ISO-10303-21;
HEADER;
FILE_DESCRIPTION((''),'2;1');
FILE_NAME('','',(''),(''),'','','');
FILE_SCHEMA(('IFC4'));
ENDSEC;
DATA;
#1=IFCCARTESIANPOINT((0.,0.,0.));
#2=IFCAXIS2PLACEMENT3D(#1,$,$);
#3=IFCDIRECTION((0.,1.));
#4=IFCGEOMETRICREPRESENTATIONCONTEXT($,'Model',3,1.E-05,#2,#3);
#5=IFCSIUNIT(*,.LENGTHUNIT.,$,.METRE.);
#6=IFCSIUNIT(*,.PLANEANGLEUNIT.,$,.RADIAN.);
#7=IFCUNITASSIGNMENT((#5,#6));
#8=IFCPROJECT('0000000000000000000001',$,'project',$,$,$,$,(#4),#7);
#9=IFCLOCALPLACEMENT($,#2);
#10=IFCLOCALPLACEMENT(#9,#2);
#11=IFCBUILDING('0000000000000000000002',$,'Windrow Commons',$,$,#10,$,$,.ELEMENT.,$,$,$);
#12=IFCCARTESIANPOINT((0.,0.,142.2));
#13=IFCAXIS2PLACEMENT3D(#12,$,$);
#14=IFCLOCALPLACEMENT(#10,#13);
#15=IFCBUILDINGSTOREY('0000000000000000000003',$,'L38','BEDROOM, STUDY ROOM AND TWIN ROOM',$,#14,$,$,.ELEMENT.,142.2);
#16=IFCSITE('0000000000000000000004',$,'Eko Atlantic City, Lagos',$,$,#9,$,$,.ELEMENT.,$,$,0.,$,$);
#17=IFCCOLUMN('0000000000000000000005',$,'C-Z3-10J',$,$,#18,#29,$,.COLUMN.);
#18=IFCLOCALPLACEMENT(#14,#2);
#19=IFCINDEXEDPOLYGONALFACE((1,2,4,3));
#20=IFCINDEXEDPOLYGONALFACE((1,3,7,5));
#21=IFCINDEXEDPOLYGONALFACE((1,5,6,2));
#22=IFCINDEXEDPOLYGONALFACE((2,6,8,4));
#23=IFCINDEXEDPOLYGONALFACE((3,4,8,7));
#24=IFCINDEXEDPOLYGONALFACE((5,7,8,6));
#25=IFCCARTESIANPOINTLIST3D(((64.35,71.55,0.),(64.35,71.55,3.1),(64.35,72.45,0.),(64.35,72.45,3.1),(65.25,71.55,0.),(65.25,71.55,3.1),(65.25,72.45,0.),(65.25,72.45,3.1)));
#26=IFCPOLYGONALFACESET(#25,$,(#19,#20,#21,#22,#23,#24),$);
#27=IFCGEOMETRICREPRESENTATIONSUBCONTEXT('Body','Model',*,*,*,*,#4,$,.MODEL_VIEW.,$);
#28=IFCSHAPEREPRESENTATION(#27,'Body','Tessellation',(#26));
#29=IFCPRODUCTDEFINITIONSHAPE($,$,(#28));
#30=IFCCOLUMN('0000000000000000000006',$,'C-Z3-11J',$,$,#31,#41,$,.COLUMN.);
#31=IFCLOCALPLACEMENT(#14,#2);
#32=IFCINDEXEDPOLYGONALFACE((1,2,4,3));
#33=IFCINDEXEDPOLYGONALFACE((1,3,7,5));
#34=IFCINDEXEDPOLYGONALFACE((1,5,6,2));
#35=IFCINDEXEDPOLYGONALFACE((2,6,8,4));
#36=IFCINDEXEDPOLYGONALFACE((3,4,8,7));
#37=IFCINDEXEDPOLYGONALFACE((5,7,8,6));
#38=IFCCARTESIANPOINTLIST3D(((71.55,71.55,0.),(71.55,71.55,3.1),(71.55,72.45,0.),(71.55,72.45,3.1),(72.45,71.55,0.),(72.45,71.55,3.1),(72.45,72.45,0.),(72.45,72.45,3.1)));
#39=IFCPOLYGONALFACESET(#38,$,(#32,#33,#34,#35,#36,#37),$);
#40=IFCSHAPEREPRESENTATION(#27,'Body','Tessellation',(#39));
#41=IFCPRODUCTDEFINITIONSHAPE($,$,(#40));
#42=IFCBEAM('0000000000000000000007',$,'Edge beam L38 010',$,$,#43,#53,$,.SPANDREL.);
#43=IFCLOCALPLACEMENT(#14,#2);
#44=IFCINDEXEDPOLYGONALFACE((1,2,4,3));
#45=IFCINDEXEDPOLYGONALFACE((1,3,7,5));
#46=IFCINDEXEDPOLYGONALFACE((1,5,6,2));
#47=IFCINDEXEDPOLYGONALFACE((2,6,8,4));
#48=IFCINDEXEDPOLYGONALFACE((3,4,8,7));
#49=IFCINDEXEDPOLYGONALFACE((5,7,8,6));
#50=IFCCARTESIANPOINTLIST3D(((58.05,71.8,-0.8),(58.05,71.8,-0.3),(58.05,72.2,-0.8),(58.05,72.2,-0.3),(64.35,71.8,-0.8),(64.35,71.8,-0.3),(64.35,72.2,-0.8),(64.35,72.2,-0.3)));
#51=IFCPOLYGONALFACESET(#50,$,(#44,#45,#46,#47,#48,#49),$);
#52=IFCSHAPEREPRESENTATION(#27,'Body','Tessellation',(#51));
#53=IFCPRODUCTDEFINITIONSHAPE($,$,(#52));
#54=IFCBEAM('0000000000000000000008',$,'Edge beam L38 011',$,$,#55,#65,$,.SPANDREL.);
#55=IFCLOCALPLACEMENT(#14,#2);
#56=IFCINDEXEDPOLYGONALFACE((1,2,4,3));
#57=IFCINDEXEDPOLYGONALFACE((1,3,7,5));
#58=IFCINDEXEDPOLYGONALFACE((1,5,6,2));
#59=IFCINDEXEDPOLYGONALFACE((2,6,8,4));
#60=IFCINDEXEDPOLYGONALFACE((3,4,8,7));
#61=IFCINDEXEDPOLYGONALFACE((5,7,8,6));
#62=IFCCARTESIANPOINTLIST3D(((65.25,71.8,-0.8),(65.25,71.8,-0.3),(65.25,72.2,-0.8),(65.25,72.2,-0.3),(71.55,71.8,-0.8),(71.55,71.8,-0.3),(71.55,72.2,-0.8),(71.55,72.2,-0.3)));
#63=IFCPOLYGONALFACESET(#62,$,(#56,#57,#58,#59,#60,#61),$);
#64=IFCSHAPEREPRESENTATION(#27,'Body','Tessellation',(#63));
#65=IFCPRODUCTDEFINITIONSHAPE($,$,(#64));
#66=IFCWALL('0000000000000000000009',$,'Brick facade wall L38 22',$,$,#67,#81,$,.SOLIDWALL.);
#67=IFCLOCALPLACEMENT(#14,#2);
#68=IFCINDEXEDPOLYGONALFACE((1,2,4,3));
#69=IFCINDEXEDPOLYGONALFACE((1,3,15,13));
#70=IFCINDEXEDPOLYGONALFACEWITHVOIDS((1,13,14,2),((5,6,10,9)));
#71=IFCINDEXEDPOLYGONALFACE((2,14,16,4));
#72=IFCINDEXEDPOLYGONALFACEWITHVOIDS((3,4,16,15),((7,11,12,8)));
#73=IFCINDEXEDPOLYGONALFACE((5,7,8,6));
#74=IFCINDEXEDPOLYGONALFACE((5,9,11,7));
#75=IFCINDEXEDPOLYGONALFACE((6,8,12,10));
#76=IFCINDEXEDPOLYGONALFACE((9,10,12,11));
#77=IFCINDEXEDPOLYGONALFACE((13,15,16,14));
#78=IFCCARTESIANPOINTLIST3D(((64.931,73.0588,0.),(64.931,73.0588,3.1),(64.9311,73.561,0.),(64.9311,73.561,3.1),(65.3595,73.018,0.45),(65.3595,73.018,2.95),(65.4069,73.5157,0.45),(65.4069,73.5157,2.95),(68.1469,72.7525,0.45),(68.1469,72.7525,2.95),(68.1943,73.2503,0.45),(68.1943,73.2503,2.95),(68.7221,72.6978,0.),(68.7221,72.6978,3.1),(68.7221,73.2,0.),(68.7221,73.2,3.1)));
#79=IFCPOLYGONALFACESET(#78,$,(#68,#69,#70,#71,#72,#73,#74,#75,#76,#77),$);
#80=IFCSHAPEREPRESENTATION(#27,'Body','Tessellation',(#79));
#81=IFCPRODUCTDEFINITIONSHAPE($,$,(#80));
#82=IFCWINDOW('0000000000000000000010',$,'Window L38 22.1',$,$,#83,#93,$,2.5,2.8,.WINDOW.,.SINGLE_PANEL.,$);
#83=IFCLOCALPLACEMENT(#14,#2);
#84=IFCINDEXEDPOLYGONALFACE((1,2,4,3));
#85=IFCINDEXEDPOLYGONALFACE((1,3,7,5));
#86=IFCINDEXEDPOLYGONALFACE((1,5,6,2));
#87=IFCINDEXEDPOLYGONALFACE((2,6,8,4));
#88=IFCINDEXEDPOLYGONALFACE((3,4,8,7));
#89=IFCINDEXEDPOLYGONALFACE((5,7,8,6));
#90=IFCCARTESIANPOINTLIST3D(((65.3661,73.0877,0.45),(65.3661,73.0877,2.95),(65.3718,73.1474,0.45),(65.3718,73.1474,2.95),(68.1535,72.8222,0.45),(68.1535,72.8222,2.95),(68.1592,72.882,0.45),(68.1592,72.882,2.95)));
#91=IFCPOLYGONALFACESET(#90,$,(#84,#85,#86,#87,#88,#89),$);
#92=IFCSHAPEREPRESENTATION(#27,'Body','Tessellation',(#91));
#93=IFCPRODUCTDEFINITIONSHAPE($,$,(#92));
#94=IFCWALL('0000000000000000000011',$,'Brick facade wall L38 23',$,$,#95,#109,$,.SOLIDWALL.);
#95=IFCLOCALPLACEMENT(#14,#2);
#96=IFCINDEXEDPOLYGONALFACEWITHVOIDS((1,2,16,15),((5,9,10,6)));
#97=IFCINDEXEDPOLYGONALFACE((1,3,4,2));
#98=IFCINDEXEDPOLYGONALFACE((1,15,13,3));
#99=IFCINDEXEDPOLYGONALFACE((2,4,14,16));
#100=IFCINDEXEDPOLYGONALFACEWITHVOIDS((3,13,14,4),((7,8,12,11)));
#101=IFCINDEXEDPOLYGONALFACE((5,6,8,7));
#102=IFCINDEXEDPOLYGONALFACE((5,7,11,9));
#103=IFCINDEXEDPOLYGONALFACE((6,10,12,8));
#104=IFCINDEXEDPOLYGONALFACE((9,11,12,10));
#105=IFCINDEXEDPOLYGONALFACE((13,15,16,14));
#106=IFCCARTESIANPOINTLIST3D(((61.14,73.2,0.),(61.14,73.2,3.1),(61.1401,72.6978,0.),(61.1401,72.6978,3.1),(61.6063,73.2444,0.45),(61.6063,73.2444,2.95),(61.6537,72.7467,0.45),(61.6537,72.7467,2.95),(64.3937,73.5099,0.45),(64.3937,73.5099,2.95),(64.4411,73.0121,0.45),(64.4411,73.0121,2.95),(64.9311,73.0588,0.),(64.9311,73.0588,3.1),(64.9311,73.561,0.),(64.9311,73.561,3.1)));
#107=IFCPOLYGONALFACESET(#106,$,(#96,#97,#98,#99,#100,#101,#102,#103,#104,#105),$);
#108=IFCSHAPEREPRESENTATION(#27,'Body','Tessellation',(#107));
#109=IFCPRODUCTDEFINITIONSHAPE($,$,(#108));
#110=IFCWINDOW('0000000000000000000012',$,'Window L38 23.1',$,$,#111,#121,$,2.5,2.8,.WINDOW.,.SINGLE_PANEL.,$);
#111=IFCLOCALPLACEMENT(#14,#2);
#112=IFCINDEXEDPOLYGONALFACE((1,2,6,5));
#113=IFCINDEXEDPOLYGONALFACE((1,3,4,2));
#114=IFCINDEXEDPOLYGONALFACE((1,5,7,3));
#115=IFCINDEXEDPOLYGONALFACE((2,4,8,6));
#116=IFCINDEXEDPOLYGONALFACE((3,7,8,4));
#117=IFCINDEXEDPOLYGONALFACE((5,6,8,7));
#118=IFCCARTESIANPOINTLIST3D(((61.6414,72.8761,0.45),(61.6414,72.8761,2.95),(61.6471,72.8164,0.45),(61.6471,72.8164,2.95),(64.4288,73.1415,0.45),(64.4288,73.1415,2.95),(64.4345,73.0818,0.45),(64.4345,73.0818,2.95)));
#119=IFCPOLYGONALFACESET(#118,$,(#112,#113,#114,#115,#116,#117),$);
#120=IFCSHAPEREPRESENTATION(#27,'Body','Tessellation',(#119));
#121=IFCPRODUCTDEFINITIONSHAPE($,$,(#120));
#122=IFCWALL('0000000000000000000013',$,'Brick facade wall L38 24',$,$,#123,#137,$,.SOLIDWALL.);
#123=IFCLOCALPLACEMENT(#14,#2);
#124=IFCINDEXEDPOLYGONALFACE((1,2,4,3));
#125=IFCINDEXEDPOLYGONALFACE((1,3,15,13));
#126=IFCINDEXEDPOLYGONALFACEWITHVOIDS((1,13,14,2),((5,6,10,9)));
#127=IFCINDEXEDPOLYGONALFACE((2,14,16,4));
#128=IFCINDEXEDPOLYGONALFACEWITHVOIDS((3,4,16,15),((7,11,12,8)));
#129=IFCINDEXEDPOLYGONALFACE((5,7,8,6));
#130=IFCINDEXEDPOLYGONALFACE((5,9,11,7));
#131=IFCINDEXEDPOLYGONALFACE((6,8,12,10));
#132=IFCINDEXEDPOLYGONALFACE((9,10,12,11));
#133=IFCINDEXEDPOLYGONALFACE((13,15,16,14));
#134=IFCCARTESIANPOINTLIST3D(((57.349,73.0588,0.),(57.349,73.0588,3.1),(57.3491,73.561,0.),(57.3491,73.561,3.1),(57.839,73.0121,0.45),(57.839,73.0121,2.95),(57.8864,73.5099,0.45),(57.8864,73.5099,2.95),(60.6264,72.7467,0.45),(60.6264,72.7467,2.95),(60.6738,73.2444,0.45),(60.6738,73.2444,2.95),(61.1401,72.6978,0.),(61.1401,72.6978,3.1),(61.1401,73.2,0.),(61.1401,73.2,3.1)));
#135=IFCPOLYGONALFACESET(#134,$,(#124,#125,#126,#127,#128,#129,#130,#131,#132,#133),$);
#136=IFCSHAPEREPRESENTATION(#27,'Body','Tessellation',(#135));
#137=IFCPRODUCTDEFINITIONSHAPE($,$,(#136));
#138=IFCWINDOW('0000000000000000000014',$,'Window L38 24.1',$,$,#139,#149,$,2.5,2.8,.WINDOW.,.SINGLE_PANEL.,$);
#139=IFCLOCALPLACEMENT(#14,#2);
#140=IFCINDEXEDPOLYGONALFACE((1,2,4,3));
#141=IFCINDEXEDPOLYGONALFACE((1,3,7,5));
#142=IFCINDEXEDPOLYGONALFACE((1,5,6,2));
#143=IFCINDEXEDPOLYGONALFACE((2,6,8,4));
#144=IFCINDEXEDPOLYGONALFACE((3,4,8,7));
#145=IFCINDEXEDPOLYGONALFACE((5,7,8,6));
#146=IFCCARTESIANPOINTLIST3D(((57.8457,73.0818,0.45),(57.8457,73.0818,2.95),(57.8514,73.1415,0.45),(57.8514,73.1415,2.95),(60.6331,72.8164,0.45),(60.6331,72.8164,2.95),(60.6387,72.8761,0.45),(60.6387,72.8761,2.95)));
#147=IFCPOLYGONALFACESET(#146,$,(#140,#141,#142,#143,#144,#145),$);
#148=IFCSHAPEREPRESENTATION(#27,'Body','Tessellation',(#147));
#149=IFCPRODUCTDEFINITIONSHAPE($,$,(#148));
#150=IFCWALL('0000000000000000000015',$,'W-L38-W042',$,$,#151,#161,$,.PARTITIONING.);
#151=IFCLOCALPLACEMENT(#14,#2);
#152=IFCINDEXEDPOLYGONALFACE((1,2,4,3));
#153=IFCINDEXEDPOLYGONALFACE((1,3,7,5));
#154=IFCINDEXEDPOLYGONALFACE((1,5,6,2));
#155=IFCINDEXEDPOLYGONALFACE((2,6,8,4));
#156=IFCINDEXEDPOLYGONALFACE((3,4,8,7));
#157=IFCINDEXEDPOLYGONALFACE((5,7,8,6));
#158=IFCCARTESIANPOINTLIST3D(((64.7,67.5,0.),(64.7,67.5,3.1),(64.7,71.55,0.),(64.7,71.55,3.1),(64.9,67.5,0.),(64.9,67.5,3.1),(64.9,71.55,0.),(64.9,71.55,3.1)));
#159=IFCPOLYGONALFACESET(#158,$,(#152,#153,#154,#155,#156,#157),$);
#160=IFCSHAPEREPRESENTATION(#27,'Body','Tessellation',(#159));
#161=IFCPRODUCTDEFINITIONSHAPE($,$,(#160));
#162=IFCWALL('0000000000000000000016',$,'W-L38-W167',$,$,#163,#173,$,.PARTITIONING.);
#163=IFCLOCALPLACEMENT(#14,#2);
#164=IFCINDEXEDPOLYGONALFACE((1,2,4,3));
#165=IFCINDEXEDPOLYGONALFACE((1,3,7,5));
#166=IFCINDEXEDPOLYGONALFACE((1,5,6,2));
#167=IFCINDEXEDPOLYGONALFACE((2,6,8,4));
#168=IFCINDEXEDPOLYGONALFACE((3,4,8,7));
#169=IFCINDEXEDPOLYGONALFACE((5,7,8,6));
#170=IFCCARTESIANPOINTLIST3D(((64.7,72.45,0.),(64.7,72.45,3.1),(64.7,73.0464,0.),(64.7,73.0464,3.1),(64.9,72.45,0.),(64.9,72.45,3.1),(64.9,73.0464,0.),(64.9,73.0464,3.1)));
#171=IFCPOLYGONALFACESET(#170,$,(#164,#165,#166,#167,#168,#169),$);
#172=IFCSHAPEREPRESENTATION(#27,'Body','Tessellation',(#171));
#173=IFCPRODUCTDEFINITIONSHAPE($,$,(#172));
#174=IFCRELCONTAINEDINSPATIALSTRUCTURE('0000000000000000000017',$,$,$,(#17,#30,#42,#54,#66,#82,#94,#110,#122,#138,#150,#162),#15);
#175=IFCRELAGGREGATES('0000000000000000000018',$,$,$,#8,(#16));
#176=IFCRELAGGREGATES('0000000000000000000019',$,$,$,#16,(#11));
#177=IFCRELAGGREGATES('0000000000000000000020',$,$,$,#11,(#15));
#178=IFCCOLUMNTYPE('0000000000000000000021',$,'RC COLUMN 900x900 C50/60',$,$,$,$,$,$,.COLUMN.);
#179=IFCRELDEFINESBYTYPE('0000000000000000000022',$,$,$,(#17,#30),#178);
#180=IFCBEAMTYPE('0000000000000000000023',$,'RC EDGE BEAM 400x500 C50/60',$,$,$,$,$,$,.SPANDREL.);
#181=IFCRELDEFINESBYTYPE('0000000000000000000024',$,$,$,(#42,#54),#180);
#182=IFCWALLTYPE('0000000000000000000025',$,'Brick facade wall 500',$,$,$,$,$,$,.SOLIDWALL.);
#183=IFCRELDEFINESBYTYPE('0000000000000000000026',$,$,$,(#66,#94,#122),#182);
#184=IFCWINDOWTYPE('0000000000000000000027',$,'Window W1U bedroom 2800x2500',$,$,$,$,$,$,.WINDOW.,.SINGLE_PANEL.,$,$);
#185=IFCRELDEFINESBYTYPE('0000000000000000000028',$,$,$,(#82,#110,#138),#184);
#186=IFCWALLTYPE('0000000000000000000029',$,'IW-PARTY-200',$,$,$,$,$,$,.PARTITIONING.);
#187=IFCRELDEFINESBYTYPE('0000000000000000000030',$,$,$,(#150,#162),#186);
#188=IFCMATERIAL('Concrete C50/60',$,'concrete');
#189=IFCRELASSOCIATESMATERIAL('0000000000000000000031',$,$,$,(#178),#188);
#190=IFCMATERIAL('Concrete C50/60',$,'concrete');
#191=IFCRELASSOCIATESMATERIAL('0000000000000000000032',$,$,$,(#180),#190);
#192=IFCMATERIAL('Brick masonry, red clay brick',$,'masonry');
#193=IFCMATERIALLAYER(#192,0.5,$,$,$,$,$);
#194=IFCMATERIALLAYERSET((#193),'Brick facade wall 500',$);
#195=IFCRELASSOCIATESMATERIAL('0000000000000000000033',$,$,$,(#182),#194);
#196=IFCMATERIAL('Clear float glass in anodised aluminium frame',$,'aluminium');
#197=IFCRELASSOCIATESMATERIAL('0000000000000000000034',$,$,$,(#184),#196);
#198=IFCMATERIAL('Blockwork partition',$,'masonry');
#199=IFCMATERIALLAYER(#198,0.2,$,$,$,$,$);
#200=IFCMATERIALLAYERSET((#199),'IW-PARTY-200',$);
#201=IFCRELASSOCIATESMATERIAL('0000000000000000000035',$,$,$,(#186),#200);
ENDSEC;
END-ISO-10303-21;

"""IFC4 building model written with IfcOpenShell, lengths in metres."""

from ifc_helpers import new_model, si_unit, direction, frame, frame_2d, origin, origin_2d, place, context, subcontext, project, spatial, polyline, rectangle, outline, extrude, material, layer, layer_set, material_profile, profile_set, type_object, element, fill, save


model = new_model("IFC4")

# Units and contexts
model_context = context("Model", 3, precision=1e-05, world=origin(), true_north=direction((0.0, 1.0)))
body_context = subcontext(model_context, "Body", "Model", "MODEL_VIEW")
ifc_project = project(units=[si_unit("LENGTHUNIT", "METRE"), si_unit("PLANEANGLEUNIT", "RADIAN")], contexts=[model_context])

# Site, building, storey
site_placement = place(None, origin())
site = spatial("IfcSite", under=ifc_project, at=site_placement, Name="Eko Atlantic City, Lagos", CompositionType="ELEMENT", RefElevation=0.0)
building_placement = place(site_placement, origin())
building = spatial("IfcBuilding", under=site, at=building_placement, Name="Windrow Commons", CompositionType="ELEMENT")
storey_placement = place(building_placement, frame((0.0, 0.0, 142.2)))
storey = spatial("IfcBuildingStorey", under=building, at=storey_placement, Name="L38", Description="BEDROOM, STUDY ROOM AND TWIN ROOM", CompositionType="ELEMENT", Elevation=142.2)

# Columns
ifc_material_1 = material(Name="Concrete C50/60", Category="concrete")
ifc_material_profile_1 = material_profile(ifc_material_1, rectangle(XDim=0.9, YDim=0.9, at=origin_2d()))
ifc_profile_set_1 = profile_set([ifc_material_profile_1], Name="Concrete C50/60")
column_type = type_object("IfcColumnType", Name="RC COLUMN 900x900 C50/60", PredefinedType="COLUMN", material=ifc_profile_set_1)
for number, where, z_axis, x_axis, name in (
    (1, (64.8, 72.0, 0.0), (0.0, 0.0, 1.0), (1.0, 0.0, 0.0), "C-Z3-10J"),
    (2, (72.0, 72.0, 0.0), (0.0, 0.0, 1.0), (1.0, 0.0, 0.0), "C-Z3-11J"),
):
    element("IfcColumn", number, at=place(storey_placement, frame(where, z_axis=z_axis, x_axis=x_axis)), inside=storey, type_object=column_type, Name=name, PredefinedType="COLUMN", context=body_context, shape_type="SweptSolid", body=[
        extrude(rectangle(XDim=0.9, YDim=0.9, at=origin_2d()), origin(), (0.0, 0.0, 1.0), 3.1),
    ])

# Beams
ifc_material_2 = material(Name="Concrete C50/60", Category="concrete")
ifc_material_profile_2 = material_profile(ifc_material_2, rectangle(XDim=0.4, YDim=0.5, at=origin_2d()))
ifc_profile_set_2 = profile_set([ifc_material_profile_2], Name="Concrete C50/60")
beam_type = type_object("IfcBeamType", Name="RC EDGE BEAM 400x500 C50/60", PredefinedType="SPANDREL", material=ifc_profile_set_2)
for number, where, z_axis, x_axis, name in (
    (3, (58.05, 72.0, -0.55), (1.0, 0.0, 0.0), (0.0, 1.0, 0.0), "Edge beam L38 010"),
    (4, (65.25, 72.0, -0.55), (1.0, 0.0, 0.0), (0.0, 1.0, 0.0), "Edge beam L38 011"),
):
    element("IfcBeam", number, at=place(storey_placement, frame(where, z_axis=z_axis, x_axis=x_axis)), inside=storey, type_object=beam_type, Name=name, PredefinedType="SPANDREL", context=body_context, shape_type="SweptSolid", body=[
        extrude(rectangle(XDim=0.4, YDim=0.5, at=origin_2d()), origin(), (0.0, 0.0, 1.0), 6.3),
    ])

# Walls, openings, windows
ifc_material_3 = material(Name="Brick masonry, red clay brick", Category="masonry")
ifc_layer_1 = layer(ifc_material_3, 0.5)
ifc_layer_set_1 = layer_set([ifc_layer_1], Name="Brick facade wall 500")
wall_type_1 = type_object("IfcWallType", Name="Brick facade wall 500", PredefinedType="SOLIDWALL", material=ifc_layer_set_1)
wall_1_placement = place(storey_placement, frame((68.7221, 72.9489, 0.0), z_axis=(0.0, 0.0, 1.0), x_axis=(-0.995497, 0.094797, 0.0)))
wall_1 = element("IfcWall", 5, at=wall_1_placement, inside=storey, type_object=wall_type_1, Name="Brick facade wall L38 22", PredefinedType="SOLIDWALL", context=body_context, shape_type="SweptSolid", body=[
    extrude(outline(polyline([(0.0238, -0.25), (3.832, -0.25), (3.7844, 0.25), (-0.0238, 0.25), (0.0238, -0.25)])), origin(), (0.0, 0.0, 1.0), 3.1),
])
opening_1_placement = place(wall_1_placement, frame((0.554, 0.0, 0.45)))
opening_1 = element("IfcOpeningElement", 6, at=opening_1_placement, cuts=wall_1, PredefinedType="OPENING", context=body_context, shape_type="SweptSolid", body=[
    extrude(rectangle(XDim=2.8, YDim=2.5, at=frame_2d((1.4, 1.25))), frame((0.0, 0.26, 0.0), z_axis=(0.0, -1.0, 0.0), x_axis=(1.0, 0.0, 0.0)), (0.0, 0.0, 1.0), 0.52),
])
ifc_material_4 = material(Name="Clear float glass in anodised aluminium frame", Category="aluminium")
window_type = type_object("IfcWindowType", Name="Window W1U bedroom 2800x2500", PartitioningType="SINGLE_PANEL", PredefinedType="WINDOW", material=ifc_material_4)
window_1_placement = place(opening_1_placement, origin())
window_1 = element("IfcWindow", 7, at=window_1_placement, inside=storey, type_object=window_type, Name="Window L38 22.1", OverallHeight=2.5, OverallWidth=2.8, PartitioningType="SINGLE_PANEL", PredefinedType="WINDOW", context=body_context, shape_type="SweptSolid", body=[
    extrude(rectangle(XDim=2.8, YDim=2.5, at=frame_2d((1.4, 1.25))), frame((0.0, 0.18, 0.0), z_axis=(0.0, -1.0, 0.0), x_axis=(1.0, 0.0, 0.0)), (0.0, 0.0, 1.0), 0.06),
])
fill(opening_1, window_1)
wall_2_placement = place(storey_placement, frame((64.9311, 73.3099, 0.0), z_axis=(0.0, 0.0, 1.0), x_axis=(-0.995497, -0.094797, 0.0)))
wall_2 = element("IfcWall", 8, at=wall_2_placement, inside=storey, type_object=wall_type_1, Name="Brick facade wall L38 23", PredefinedType="SOLIDWALL", context=body_context, shape_type="SweptSolid", body=[
    extrude(outline(polyline([(-0.0238, -0.25), (3.7844, -0.25), (3.832, 0.25), (0.0238, 0.25), (-0.0238, -0.25)])), origin(), (0.0, 0.0, 1.0), 3.1),
])
opening_2_placement = place(wall_2_placement, frame((0.516, 0.0, 0.45)))
opening_2 = element("IfcOpeningElement", 9, at=opening_2_placement, cuts=wall_2, PredefinedType="OPENING", context=body_context, shape_type="SweptSolid", body=[
    extrude(rectangle(XDim=2.8, YDim=2.5, at=frame_2d((1.4, 1.25))), frame((0.0, 0.26, 0.0), z_axis=(0.0, -1.0, 0.0), x_axis=(1.0, 0.0, 0.0)), (0.0, 0.0, 1.0), 0.52),
])
window_2_placement = place(opening_2_placement, origin())
window_2 = element("IfcWindow", 10, at=window_2_placement, inside=storey, type_object=window_type, Name="Window L38 23.1", OverallHeight=2.5, OverallWidth=2.8, PartitioningType="SINGLE_PANEL", PredefinedType="WINDOW", context=body_context, shape_type="SweptSolid", body=[
    extrude(rectangle(XDim=2.8, YDim=2.5, at=frame_2d((1.4, 1.25))), frame((0.0, 0.18, 0.0), z_axis=(0.0, -1.0, 0.0), x_axis=(1.0, 0.0, 0.0)), (0.0, 0.0, 1.0), 0.06),
])
fill(opening_2, window_2)
wall_3_placement = place(storey_placement, frame((61.1401, 72.9489, 0.0), z_axis=(0.0, 0.0, 1.0), x_axis=(-0.995497, 0.094797, 0.0)))
wall_3 = element("IfcWall", 11, at=wall_3_placement, inside=storey, type_object=wall_type_1, Name="Brick facade wall L38 24", PredefinedType="SOLIDWALL", context=body_context, shape_type="SweptSolid", body=[
    extrude(outline(polyline([(0.0238, -0.25), (3.832, -0.25), (3.7844, 0.25), (-0.0238, 0.25), (0.0238, -0.25)])), origin(), (0.0, 0.0, 1.0), 3.1),
])
opening_3_placement = place(wall_3_placement, frame((0.4922, 0.0, 0.45)))
opening_3 = element("IfcOpeningElement", 12, at=opening_3_placement, cuts=wall_3, PredefinedType="OPENING", context=body_context, shape_type="SweptSolid", body=[
    extrude(rectangle(XDim=2.8, YDim=2.5, at=frame_2d((1.4, 1.25))), frame((0.0, 0.26, 0.0), z_axis=(0.0, -1.0, 0.0), x_axis=(1.0, 0.0, 0.0)), (0.0, 0.0, 1.0), 0.52),
])
window_3_placement = place(opening_3_placement, origin())
window_3 = element("IfcWindow", 13, at=window_3_placement, inside=storey, type_object=window_type, Name="Window L38 24.1", OverallHeight=2.5, OverallWidth=2.8, PartitioningType="SINGLE_PANEL", PredefinedType="WINDOW", context=body_context, shape_type="SweptSolid", body=[
    extrude(rectangle(XDim=2.8, YDim=2.5, at=frame_2d((1.4, 1.25))), frame((0.0, 0.18, 0.0), z_axis=(0.0, -1.0, 0.0), x_axis=(1.0, 0.0, 0.0)), (0.0, 0.0, 1.0), 0.06),
])
fill(opening_3, window_3)

# Walls
ifc_material_5 = material(Name="Blockwork partition", Category="masonry")
ifc_layer_2 = layer(ifc_material_5, 0.2)
ifc_layer_set_2 = layer_set([ifc_layer_2], Name="IW-PARTY-200")
wall_type_2 = type_object("IfcWallType", Name="IW-PARTY-200", PredefinedType="PARTITIONING", material=ifc_layer_set_2)
wall_4_placement = place(storey_placement, frame((64.8, 67.5, 0.0), z_axis=(0.0, 0.0, 1.0), x_axis=(0.0, 1.0, 0.0)))
element("IfcWall", 14, at=wall_4_placement, inside=storey, type_object=wall_type_2, Name="W-L38-W042", PredefinedType="PARTITIONING", context=body_context, shape_type="SweptSolid", body=[
    extrude(rectangle(XDim=4.05, YDim=0.2, at=frame_2d((2.025, 0.0))), origin(), (0.0, 0.0, 1.0), 3.1),
])
wall_5_placement = place(storey_placement, frame((64.8, 72.45, 0.0), z_axis=(0.0, 0.0, 1.0), x_axis=(0.0, 1.0, 0.0)))
element("IfcWall", 15, at=wall_5_placement, inside=storey, type_object=wall_type_2, Name="W-L38-W167", PredefinedType="PARTITIONING", context=body_context, shape_type="SweptSolid", body=[
    extrude(rectangle(XDim=0.5963, YDim=0.2, at=frame_2d((0.2982, 0.0))), origin(), (0.0, 0.0, 1.0), 3.1),
])

save(model, "model.ifc")
